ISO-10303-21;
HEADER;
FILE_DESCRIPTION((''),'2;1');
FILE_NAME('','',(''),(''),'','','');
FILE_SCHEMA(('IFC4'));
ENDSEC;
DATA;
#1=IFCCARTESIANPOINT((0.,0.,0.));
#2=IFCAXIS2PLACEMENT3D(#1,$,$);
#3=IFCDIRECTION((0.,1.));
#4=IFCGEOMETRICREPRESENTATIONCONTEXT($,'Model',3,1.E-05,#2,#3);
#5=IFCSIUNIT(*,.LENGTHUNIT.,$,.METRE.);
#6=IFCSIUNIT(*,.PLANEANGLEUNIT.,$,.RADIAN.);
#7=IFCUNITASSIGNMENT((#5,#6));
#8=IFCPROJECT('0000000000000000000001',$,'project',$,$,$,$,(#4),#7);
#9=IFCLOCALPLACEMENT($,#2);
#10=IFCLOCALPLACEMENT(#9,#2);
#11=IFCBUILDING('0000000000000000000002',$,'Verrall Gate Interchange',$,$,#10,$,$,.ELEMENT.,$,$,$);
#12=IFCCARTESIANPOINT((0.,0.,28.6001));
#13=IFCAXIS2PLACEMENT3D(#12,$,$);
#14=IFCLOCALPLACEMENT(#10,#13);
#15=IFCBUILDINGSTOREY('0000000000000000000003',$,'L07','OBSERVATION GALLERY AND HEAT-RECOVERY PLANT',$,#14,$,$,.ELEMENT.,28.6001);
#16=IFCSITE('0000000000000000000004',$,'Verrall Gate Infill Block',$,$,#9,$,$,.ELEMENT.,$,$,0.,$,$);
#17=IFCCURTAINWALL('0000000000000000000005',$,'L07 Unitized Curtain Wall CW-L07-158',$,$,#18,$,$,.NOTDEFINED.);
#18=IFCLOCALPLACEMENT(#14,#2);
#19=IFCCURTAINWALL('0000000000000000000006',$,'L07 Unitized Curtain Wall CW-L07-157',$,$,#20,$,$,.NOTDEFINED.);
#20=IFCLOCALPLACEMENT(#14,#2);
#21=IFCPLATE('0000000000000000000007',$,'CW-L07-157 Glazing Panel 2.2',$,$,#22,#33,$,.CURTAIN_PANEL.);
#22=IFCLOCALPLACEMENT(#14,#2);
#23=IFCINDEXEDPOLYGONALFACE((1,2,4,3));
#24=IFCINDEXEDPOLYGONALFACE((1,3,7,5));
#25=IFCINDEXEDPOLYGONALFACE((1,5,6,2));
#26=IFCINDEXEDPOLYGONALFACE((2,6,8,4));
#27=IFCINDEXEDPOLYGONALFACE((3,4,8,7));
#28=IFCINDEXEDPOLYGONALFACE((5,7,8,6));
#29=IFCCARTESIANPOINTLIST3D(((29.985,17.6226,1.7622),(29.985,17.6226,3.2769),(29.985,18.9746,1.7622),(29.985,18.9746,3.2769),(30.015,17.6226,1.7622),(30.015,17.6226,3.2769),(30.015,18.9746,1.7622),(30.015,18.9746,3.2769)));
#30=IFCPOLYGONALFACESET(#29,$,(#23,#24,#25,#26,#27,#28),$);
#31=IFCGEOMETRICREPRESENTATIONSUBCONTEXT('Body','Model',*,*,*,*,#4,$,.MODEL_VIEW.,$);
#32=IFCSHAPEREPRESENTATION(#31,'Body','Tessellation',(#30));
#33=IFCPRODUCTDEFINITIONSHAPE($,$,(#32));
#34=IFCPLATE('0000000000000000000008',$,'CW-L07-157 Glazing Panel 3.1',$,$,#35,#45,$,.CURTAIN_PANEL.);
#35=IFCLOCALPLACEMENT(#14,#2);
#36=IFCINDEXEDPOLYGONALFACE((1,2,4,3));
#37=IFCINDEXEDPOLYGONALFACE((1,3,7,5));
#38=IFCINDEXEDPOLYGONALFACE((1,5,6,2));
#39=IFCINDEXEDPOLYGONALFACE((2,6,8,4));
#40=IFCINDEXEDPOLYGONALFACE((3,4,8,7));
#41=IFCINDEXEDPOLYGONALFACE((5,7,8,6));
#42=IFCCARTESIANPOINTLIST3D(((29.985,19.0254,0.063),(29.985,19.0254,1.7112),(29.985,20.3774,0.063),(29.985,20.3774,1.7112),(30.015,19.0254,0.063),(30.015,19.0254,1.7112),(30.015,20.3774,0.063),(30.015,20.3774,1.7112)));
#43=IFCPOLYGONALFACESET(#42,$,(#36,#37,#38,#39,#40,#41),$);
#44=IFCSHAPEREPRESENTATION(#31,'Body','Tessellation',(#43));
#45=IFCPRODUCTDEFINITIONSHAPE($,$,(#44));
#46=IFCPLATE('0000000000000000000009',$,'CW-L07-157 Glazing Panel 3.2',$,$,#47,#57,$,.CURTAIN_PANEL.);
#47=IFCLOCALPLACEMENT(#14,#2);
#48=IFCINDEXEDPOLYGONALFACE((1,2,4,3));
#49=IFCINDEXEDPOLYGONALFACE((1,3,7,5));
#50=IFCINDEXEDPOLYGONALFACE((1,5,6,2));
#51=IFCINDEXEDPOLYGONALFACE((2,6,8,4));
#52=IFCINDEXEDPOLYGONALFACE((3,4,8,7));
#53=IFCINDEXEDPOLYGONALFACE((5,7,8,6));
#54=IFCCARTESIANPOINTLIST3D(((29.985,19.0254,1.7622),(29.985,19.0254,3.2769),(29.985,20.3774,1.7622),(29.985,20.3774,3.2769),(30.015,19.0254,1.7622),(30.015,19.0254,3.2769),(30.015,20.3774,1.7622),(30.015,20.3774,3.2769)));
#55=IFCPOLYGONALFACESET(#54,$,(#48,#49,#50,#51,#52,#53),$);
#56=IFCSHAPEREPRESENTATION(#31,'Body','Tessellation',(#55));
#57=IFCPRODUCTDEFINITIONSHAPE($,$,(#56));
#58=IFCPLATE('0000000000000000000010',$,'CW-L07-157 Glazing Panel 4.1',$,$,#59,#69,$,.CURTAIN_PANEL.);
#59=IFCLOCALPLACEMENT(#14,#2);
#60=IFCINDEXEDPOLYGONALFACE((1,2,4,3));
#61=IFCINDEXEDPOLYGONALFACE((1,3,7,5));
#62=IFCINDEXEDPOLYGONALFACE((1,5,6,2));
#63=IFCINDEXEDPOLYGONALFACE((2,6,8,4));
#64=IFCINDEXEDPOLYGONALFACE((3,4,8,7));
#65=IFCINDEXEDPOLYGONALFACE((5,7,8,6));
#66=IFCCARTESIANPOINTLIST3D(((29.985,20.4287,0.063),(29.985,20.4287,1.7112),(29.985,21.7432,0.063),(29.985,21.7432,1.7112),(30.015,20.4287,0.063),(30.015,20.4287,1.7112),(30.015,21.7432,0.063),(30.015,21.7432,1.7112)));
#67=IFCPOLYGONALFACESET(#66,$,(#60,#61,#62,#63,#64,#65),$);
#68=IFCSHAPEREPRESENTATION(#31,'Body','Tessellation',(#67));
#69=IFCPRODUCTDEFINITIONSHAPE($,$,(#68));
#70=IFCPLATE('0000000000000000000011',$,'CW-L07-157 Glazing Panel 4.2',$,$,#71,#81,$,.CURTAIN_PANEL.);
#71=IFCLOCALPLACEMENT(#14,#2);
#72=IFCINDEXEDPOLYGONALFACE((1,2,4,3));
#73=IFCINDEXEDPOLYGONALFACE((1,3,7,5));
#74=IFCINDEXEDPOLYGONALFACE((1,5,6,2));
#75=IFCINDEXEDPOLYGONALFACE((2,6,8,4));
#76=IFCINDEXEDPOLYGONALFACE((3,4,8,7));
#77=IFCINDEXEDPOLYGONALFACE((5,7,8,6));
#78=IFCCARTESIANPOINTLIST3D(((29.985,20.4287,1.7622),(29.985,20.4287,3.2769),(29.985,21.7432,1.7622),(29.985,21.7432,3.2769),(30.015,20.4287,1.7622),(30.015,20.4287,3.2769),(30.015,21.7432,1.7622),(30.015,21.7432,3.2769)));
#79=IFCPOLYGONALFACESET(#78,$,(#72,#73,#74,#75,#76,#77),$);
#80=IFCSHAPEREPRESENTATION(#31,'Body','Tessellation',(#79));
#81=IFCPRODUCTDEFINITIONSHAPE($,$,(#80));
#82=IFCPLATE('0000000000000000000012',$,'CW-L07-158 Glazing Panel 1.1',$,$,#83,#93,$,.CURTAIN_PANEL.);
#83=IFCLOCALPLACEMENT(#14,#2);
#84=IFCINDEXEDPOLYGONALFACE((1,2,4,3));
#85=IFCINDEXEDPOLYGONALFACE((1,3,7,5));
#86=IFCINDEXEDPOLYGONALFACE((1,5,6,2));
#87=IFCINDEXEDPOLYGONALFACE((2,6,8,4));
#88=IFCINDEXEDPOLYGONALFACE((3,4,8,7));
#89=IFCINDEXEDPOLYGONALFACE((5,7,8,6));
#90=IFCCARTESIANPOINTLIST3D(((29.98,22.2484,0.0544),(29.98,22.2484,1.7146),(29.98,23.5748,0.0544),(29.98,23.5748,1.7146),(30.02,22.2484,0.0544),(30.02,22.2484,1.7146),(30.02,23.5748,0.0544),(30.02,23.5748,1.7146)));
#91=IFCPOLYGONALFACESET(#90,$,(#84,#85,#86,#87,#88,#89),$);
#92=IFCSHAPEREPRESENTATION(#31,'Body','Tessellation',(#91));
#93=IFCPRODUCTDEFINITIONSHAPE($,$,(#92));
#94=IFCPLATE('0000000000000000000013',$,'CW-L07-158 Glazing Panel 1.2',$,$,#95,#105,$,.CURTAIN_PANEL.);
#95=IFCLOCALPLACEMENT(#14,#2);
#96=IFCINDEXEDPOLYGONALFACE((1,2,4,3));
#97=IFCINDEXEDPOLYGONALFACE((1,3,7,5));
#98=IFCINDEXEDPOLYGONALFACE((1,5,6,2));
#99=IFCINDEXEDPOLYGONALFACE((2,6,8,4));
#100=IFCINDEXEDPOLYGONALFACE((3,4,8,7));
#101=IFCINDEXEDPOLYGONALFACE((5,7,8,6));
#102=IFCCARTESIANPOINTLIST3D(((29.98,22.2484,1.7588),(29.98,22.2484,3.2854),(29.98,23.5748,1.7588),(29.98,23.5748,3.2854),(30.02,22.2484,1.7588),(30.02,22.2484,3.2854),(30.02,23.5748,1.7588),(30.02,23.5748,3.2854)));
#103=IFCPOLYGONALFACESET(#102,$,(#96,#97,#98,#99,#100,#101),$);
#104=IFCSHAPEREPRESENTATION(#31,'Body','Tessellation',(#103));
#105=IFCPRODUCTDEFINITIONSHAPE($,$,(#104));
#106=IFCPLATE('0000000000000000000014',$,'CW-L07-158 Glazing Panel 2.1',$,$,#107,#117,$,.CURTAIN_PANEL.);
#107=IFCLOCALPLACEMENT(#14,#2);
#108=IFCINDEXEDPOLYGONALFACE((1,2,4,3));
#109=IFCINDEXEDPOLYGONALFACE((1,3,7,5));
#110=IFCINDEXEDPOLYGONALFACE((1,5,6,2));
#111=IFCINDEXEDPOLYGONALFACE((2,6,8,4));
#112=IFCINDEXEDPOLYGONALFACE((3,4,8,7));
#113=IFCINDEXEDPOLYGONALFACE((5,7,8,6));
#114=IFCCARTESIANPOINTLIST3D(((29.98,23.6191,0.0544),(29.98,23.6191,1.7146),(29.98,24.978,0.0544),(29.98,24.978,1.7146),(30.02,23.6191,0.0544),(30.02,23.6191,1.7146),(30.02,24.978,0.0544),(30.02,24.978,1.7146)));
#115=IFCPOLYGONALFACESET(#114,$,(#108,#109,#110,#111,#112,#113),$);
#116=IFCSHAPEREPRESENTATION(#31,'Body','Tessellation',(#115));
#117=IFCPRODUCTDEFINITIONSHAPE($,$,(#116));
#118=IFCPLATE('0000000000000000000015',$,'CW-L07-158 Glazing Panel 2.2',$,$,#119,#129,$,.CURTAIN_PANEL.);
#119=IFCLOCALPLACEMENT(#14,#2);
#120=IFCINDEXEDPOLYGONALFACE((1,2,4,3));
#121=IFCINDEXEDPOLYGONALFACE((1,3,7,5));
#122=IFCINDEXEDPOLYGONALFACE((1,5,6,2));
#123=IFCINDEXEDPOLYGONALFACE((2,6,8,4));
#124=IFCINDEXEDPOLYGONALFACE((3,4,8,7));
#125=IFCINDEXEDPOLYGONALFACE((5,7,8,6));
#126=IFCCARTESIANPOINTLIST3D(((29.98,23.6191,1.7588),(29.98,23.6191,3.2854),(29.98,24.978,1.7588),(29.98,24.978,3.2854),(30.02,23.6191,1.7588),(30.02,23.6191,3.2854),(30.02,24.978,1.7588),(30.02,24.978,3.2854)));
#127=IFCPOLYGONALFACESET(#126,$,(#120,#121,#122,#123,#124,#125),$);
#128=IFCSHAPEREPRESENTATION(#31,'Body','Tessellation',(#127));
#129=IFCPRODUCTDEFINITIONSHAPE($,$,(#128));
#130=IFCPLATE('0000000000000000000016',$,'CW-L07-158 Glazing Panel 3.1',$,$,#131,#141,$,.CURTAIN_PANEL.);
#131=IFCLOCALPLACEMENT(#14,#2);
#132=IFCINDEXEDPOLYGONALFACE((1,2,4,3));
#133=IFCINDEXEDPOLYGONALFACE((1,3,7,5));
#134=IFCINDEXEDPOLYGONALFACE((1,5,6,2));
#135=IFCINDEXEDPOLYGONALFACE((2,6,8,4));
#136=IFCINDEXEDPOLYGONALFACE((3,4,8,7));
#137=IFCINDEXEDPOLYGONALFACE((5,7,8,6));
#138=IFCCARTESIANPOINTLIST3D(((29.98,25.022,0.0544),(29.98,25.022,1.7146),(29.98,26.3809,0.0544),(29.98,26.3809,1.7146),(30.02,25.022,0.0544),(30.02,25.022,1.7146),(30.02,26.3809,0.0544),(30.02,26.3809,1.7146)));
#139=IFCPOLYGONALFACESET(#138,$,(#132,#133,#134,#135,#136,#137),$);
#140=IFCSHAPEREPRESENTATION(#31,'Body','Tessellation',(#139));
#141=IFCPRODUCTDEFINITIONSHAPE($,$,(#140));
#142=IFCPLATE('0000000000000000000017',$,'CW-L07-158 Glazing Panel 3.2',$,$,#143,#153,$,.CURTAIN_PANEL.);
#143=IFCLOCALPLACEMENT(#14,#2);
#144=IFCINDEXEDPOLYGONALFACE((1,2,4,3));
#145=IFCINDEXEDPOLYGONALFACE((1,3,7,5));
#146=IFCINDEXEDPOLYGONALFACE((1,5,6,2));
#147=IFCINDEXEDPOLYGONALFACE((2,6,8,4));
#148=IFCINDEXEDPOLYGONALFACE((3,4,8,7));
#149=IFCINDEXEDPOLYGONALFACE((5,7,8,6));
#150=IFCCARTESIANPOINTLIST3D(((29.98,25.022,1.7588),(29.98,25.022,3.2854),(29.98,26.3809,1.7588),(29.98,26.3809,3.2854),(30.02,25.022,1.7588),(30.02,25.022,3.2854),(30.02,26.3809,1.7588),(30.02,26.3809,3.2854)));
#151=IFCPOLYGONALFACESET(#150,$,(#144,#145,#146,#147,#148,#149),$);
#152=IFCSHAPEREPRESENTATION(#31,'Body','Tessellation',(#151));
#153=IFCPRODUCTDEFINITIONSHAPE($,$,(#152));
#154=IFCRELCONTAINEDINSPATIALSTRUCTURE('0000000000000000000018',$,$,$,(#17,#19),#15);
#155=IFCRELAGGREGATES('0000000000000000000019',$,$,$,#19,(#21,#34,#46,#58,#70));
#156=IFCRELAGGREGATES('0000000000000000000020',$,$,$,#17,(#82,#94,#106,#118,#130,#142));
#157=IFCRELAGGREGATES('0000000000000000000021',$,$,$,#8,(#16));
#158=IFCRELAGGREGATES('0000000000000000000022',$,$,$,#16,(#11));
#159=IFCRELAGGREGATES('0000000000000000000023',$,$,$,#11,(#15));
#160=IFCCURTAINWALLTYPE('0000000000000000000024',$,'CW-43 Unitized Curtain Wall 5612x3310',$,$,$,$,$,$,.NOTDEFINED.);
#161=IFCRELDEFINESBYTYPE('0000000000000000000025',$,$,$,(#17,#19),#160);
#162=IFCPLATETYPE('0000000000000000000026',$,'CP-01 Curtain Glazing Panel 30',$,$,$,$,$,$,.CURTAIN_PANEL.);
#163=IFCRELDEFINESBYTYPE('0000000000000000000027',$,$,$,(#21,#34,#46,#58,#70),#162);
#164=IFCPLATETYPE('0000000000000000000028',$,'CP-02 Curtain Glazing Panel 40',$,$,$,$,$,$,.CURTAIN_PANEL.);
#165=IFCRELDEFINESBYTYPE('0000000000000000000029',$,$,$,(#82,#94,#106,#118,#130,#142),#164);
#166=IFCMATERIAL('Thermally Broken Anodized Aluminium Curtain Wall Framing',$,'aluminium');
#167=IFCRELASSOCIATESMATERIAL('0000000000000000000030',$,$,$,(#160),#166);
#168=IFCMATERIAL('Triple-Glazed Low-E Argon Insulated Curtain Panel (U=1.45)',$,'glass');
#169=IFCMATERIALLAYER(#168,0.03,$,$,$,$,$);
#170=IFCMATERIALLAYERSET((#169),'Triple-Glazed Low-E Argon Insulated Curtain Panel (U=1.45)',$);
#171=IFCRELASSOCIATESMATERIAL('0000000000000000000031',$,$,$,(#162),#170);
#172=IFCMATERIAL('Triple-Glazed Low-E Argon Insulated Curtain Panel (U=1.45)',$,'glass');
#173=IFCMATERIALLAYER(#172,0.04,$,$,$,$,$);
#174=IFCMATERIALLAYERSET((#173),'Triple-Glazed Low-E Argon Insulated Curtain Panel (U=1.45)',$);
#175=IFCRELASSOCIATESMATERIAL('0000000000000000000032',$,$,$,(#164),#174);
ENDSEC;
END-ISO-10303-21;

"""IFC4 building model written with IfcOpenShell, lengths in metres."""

from ifc_helpers import new_model, si_unit, direction, frame, origin, origin_2d, place, context, subcontext, project, spatial, rectangle, extrude, material, layer, layer_set, type_object, element, aggregate, save


model = new_model("IFC4")

# Units and contexts
model_context = context("Model", 3, precision=1e-05, world=origin(), true_north=direction((0.0, 1.0)))
body_context = subcontext(model_context, "Body", "Model", "MODEL_VIEW")
ifc_project = project(units=[si_unit("LENGTHUNIT", "METRE"), si_unit("PLANEANGLEUNIT", "RADIAN")], contexts=[model_context])

# Site, building, storey
site_placement = place(None, origin())
site = spatial("IfcSite", under=ifc_project, at=site_placement, Name="Verrall Gate Infill Block", CompositionType="ELEMENT", RefElevation=0.0)
building_placement = place(site_placement, origin())
building = spatial("IfcBuilding", under=site, at=building_placement, Name="Verrall Gate Interchange", CompositionType="ELEMENT")
storey_placement = place(building_placement, frame((0.0, 0.0, 28.6001)))
storey = spatial("IfcBuildingStorey", under=building, at=storey_placement, Name="L07", Description="OBSERVATION GALLERY AND HEAT-RECOVERY PLANT", CompositionType="ELEMENT", Elevation=28.6001)

# Curtain walls
ifc_material_1 = material(Name="Thermally Broken Anodized Aluminium Curtain Wall Framing", Category="aluminium")
curtain_wall_type = type_object("IfcCurtainWallType", Name="CW-43 Unitized Curtain Wall 5612x3310", PredefinedType="NOTDEFINED", material=ifc_material_1)
curtain_wall_1_placement = place(storey_placement, origin())
curtain_wall_1 = element("IfcCurtainWall", 1, at=curtain_wall_1_placement, inside=storey, type_object=curtain_wall_type, Name="L07 Unitized Curtain Wall CW-L07-158", PredefinedType="NOTDEFINED")
curtain_wall_2_placement = place(storey_placement, origin())
curtain_wall_2 = element("IfcCurtainWall", 2, at=curtain_wall_2_placement, inside=storey, type_object=curtain_wall_type, Name="L07 Unitized Curtain Wall CW-L07-157", PredefinedType="NOTDEFINED")

# Plates
ifc_material_2 = material(Name="Triple-Glazed Low-E Argon Insulated Curtain Panel (U=1.45)", Category="glass")
ifc_layer_1 = layer(ifc_material_2, 0.03)
ifc_layer_set_1 = layer_set([ifc_layer_1], Name="Triple-Glazed Low-E Argon Insulated Curtain Panel (U=1.45)")
plate_type_1 = type_object("IfcPlateType", Name="CP-01 Curtain Glazing Panel 30", PredefinedType="CURTAIN_PANEL", material=ifc_layer_set_1)
plate_1_placement = place(storey_placement, frame((30.0, 18.2986, 1.7622), z_axis=(0.0, 0.0, 1.0), x_axis=(0.0, 1.0, 0.0)))
plate_1 = element("IfcPlate", 3, at=plate_1_placement, type_object=plate_type_1, Name="CW-L07-157 Glazing Panel 2.2", PredefinedType="CURTAIN_PANEL", context=body_context, shape_type="SweptSolid", body=[
    extrude(rectangle(XDim=1.3521, YDim=0.03, at=origin_2d()), origin(), (0.0, 0.0, 1.0), 1.5146),
])
plate_2_placement = place(storey_placement, frame((30.0, 19.7014, 0.063), z_axis=(0.0, 0.0, 1.0), x_axis=(0.0, 1.0, 0.0)))
plate_2 = element("IfcPlate", 4, at=plate_2_placement, type_object=plate_type_1, Name="CW-L07-157 Glazing Panel 3.1", PredefinedType="CURTAIN_PANEL", context=body_context, shape_type="SweptSolid", body=[
    extrude(rectangle(XDim=1.3521, YDim=0.03, at=origin_2d()), origin(), (0.0, 0.0, 1.0), 1.6482),
])
plate_3_placement = place(storey_placement, frame((30.0, 19.7014, 1.7622), z_axis=(0.0, 0.0, 1.0), x_axis=(0.0, 1.0, 0.0)))
plate_3 = element("IfcPlate", 5, at=plate_3_placement, type_object=plate_type_1, Name="CW-L07-157 Glazing Panel 3.2", PredefinedType="CURTAIN_PANEL", context=body_context, shape_type="SweptSolid", body=[
    extrude(rectangle(XDim=1.3521, YDim=0.03, at=origin_2d()), origin(), (0.0, 0.0, 1.0), 1.5146),
])
plate_4_placement = place(storey_placement, frame((30.0, 21.0859, 0.063), z_axis=(0.0, 0.0, 1.0), x_axis=(0.0, 1.0, 0.0)))
plate_4 = element("IfcPlate", 6, at=plate_4_placement, type_object=plate_type_1, Name="CW-L07-157 Glazing Panel 4.1", PredefinedType="CURTAIN_PANEL", context=body_context, shape_type="SweptSolid", body=[
    extrude(rectangle(XDim=1.3145, YDim=0.03, at=origin_2d()), origin(), (0.0, 0.0, 1.0), 1.6482),
])
plate_5_placement = place(storey_placement, frame((30.0, 21.0859, 1.7622), z_axis=(0.0, 0.0, 1.0), x_axis=(0.0, 1.0, 0.0)))
plate_5 = element("IfcPlate", 7, at=plate_5_placement, type_object=plate_type_1, Name="CW-L07-157 Glazing Panel 4.2", PredefinedType="CURTAIN_PANEL", context=body_context, shape_type="SweptSolid", body=[
    extrude(rectangle(XDim=1.3145, YDim=0.03, at=origin_2d()), origin(), (0.0, 0.0, 1.0), 1.5146),
])
aggregate(curtain_wall_2, [plate_1, plate_2, plate_3, plate_4, plate_5])
ifc_material_3 = material(Name="Triple-Glazed Low-E Argon Insulated Curtain Panel (U=1.45)", Category="glass")
ifc_layer_2 = layer(ifc_material_3, 0.04)
ifc_layer_set_2 = layer_set([ifc_layer_2], Name="Triple-Glazed Low-E Argon Insulated Curtain Panel (U=1.45)")
plate_type_2 = type_object("IfcPlateType", Name="CP-02 Curtain Glazing Panel 40", PredefinedType="CURTAIN_PANEL", material=ifc_layer_set_2)
plate_6_placement = place(storey_placement, frame((30.0, 22.9116, 0.0544), z_axis=(0.0, 0.0, 1.0), x_axis=(0.0, 1.0, 0.0)))
plate_6 = element("IfcPlate", 8, at=plate_6_placement, type_object=plate_type_2, Name="CW-L07-158 Glazing Panel 1.1", PredefinedType="CURTAIN_PANEL", context=body_context, shape_type="SweptSolid", body=[
    extrude(rectangle(XDim=1.3264, YDim=0.04, at=origin_2d()), origin(), (0.0, 0.0, 1.0), 1.6602),
])
plate_7_placement = place(storey_placement, frame((30.0, 22.9116, 1.7588), z_axis=(0.0, 0.0, 1.0), x_axis=(0.0, 1.0, 0.0)))
plate_7 = element("IfcPlate", 9, at=plate_7_placement, type_object=plate_type_2, Name="CW-L07-158 Glazing Panel 1.2", PredefinedType="CURTAIN_PANEL", context=body_context, shape_type="SweptSolid", body=[
    extrude(rectangle(XDim=1.3264, YDim=0.04, at=origin_2d()), origin(), (0.0, 0.0, 1.0), 1.5266),
])
plate_8_placement = place(storey_placement, frame((30.0, 24.2986, 0.0544), z_axis=(0.0, 0.0, 1.0), x_axis=(0.0, 1.0, 0.0)))
plate_8 = element("IfcPlate", 10, at=plate_8_placement, type_object=plate_type_2, Name="CW-L07-158 Glazing Panel 2.1", PredefinedType="CURTAIN_PANEL", context=body_context, shape_type="SweptSolid", body=[
    extrude(rectangle(XDim=1.3589, YDim=0.04, at=origin_2d()), origin(), (0.0, 0.0, 1.0), 1.6602),
])
plate_9_placement = place(storey_placement, frame((30.0, 24.2986, 1.7588), z_axis=(0.0, 0.0, 1.0), x_axis=(0.0, 1.0, 0.0)))
plate_9 = element("IfcPlate", 11, at=plate_9_placement, type_object=plate_type_2, Name="CW-L07-158 Glazing Panel 2.2", PredefinedType="CURTAIN_PANEL", context=body_context, shape_type="SweptSolid", body=[
    extrude(rectangle(XDim=1.3589, YDim=0.04, at=origin_2d()), origin(), (0.0, 0.0, 1.0), 1.5266),
])
plate_10_placement = place(storey_placement, frame((30.0, 25.7014, 0.0544), z_axis=(0.0, 0.0, 1.0), x_axis=(0.0, 1.0, 0.0)))
plate_10 = element("IfcPlate", 12, at=plate_10_placement, type_object=plate_type_2, Name="CW-L07-158 Glazing Panel 3.1", PredefinedType="CURTAIN_PANEL", context=body_context, shape_type="SweptSolid", body=[
    extrude(rectangle(XDim=1.3589, YDim=0.04, at=origin_2d()), origin(), (0.0, 0.0, 1.0), 1.6602),
])
plate_11_placement = place(storey_placement, frame((30.0, 25.7014, 1.7588), z_axis=(0.0, 0.0, 1.0), x_axis=(0.0, 1.0, 0.0)))
plate_11 = element("IfcPlate", 13, at=plate_11_placement, type_object=plate_type_2, Name="CW-L07-158 Glazing Panel 3.2", PredefinedType="CURTAIN_PANEL", context=body_context, shape_type="SweptSolid", body=[
    extrude(rectangle(XDim=1.3589, YDim=0.04, at=origin_2d()), origin(), (0.0, 0.0, 1.0), 1.5266),
])
aggregate(curtain_wall_1, [plate_6, plate_7, plate_8, plate_9, plate_10, plate_11])

save(model, "model.ifc")
